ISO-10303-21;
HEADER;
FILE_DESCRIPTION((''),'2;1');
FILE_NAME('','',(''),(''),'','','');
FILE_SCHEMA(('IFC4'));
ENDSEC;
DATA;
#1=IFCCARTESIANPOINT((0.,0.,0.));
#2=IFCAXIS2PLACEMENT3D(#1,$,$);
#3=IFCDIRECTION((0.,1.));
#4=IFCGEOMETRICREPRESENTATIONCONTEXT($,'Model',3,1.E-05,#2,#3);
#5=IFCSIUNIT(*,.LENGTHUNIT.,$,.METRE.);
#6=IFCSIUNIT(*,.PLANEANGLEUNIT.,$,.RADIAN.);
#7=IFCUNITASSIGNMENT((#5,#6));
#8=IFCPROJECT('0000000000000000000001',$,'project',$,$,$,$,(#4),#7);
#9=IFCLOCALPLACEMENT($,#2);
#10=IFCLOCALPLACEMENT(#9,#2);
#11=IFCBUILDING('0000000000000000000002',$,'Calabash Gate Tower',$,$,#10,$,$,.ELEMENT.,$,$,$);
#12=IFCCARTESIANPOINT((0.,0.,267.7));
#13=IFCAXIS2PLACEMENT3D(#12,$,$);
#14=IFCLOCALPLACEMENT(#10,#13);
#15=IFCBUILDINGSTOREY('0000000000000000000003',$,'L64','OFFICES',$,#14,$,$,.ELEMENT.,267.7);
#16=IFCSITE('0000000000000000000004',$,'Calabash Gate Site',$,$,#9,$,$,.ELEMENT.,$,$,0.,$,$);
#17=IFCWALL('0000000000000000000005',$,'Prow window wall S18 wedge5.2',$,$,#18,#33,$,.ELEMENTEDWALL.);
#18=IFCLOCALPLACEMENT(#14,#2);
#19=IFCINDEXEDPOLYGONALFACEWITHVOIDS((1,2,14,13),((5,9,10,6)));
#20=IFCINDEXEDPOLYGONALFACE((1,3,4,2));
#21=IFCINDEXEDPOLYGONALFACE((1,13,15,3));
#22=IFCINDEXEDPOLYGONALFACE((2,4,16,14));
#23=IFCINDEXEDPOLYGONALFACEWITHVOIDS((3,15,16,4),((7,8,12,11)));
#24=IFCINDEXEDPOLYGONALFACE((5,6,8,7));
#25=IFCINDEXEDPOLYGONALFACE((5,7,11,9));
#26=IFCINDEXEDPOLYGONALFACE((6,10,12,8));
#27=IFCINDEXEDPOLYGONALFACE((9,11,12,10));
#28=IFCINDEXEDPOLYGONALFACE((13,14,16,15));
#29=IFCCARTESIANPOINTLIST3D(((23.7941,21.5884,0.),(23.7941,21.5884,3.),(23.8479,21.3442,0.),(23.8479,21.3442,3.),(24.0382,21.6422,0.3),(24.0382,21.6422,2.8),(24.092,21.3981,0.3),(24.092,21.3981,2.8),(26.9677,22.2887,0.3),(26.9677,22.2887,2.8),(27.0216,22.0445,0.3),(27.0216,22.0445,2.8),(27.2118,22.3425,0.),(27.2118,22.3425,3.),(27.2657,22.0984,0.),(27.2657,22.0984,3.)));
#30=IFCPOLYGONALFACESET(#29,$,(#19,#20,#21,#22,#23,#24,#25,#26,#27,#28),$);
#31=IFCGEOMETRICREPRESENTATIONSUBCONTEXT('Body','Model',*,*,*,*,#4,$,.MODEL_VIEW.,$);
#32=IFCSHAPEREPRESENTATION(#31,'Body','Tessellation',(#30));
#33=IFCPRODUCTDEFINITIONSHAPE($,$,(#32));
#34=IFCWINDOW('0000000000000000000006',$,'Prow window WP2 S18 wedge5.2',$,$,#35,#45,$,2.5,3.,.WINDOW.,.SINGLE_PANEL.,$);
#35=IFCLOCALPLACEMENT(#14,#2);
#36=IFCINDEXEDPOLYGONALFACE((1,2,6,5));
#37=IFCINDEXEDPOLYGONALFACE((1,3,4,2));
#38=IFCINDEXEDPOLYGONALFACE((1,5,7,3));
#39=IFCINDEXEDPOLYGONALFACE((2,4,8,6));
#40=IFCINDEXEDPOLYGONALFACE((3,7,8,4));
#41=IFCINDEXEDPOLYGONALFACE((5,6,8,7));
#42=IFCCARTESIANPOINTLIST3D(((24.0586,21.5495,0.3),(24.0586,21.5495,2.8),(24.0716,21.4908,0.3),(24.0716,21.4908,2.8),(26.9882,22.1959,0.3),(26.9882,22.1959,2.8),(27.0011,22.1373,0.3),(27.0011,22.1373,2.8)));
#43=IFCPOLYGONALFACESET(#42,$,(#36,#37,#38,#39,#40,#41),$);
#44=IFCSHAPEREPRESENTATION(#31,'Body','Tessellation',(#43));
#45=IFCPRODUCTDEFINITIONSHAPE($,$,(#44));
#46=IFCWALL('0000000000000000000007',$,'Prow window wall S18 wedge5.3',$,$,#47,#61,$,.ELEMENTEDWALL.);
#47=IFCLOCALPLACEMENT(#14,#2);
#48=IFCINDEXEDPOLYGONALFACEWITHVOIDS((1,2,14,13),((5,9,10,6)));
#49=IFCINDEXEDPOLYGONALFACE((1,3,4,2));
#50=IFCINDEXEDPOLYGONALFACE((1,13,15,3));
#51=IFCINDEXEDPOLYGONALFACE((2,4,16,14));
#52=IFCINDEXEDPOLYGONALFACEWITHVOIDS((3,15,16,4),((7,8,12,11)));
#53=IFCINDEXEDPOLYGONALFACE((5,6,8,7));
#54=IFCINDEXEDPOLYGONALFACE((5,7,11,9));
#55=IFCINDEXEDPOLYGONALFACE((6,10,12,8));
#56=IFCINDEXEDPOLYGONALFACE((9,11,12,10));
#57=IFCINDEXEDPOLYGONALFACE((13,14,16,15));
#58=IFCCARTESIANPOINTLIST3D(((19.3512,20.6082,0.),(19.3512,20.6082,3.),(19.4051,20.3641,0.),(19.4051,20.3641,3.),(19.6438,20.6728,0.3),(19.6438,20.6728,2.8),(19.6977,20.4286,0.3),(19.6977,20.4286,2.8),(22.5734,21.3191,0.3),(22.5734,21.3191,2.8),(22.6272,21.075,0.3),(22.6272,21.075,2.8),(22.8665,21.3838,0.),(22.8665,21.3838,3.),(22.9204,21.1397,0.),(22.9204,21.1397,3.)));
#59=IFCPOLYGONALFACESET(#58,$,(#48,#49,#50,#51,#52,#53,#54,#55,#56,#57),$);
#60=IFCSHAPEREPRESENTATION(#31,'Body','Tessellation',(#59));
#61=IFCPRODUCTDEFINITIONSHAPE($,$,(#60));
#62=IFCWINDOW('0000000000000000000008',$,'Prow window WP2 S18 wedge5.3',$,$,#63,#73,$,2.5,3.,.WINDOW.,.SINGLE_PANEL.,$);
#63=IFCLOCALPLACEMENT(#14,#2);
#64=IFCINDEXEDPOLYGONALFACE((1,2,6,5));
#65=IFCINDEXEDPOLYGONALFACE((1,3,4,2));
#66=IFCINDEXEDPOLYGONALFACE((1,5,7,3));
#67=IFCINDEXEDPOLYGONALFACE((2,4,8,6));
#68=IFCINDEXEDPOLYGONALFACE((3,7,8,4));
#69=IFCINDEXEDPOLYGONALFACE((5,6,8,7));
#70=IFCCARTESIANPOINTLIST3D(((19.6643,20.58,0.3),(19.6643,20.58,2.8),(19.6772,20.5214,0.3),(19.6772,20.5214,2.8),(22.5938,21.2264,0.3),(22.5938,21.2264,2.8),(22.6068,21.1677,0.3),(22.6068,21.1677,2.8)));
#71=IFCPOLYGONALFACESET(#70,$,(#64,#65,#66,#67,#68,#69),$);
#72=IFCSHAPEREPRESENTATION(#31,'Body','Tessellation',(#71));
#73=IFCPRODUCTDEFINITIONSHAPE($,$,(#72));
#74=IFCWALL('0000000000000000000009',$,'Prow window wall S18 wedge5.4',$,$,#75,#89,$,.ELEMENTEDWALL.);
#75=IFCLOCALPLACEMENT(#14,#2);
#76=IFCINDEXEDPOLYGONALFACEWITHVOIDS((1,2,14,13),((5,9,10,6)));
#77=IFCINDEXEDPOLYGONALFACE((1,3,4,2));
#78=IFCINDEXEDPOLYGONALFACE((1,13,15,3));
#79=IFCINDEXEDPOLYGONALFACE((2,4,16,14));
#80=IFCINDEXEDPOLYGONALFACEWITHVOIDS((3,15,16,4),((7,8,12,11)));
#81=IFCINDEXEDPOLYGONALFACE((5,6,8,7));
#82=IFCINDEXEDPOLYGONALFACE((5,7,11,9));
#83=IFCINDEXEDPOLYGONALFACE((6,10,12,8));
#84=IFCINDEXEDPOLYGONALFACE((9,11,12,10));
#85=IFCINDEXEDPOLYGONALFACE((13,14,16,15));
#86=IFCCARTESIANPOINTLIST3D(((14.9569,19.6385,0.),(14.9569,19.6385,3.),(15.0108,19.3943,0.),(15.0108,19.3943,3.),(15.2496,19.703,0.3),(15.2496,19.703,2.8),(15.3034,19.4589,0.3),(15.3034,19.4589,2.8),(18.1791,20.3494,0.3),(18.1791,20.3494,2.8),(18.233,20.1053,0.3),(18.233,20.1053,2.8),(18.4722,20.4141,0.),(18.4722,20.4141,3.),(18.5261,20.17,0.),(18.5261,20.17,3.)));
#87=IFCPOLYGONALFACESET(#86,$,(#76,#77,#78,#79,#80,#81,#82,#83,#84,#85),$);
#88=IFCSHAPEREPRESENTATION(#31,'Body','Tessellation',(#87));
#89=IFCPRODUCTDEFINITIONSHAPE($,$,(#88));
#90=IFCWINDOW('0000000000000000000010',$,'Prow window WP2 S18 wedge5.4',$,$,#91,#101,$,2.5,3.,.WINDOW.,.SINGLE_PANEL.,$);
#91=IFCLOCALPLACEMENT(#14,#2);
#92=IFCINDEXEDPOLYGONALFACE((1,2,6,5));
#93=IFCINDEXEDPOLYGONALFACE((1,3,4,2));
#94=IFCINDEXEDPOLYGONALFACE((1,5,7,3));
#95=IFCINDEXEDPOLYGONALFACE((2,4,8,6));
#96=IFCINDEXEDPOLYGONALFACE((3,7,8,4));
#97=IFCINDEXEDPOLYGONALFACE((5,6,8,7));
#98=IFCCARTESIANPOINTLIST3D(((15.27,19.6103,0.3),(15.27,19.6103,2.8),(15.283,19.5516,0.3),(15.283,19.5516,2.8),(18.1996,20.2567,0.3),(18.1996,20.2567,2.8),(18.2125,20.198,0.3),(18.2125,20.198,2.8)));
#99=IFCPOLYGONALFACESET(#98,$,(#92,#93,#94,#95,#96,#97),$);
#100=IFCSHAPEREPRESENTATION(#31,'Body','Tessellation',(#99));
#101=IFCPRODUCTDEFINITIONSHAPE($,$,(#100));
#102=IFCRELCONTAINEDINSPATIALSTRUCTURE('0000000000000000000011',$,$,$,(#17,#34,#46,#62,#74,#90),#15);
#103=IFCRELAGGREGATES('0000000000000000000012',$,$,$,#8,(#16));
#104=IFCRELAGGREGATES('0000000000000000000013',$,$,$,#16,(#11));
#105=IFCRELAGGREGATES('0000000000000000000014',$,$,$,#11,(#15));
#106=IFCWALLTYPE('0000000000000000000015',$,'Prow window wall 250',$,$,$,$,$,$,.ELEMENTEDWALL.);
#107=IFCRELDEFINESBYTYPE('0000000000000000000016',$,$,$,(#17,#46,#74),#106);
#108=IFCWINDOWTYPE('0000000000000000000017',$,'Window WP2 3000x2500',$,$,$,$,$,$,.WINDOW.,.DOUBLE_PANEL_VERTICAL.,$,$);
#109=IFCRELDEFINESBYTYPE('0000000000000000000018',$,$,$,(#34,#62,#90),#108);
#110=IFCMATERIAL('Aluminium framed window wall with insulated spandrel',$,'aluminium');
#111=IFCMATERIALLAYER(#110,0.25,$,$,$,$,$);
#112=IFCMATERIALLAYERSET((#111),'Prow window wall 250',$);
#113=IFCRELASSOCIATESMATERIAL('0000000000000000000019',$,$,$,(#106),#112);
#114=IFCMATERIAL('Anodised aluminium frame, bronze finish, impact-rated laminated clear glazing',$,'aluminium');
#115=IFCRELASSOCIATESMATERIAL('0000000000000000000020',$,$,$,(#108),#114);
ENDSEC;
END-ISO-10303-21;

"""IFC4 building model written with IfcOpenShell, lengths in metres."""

from ifc_helpers import new_model, si_unit, direction, frame, frame_2d, origin, place, context, subcontext, project, spatial, rectangle, extrude, material, layer, layer_set, type_object, element, fill, save


model = new_model("IFC4")

# Units and contexts
model_context = context("Model", 3, precision=1e-05, world=origin(), true_north=direction((0.0, 1.0)))
body_context = subcontext(model_context, "Body", "Model", "MODEL_VIEW")
ifc_project = project(units=[si_unit("LENGTHUNIT", "METRE"), si_unit("PLANEANGLEUNIT", "RADIAN")], contexts=[model_context])

# Site, building, storey
site_placement = place(None, origin())
site = spatial("IfcSite", under=ifc_project, at=site_placement, Name="Calabash Gate Site", CompositionType="ELEMENT", RefElevation=0.0)
building_placement = place(site_placement, origin())
building = spatial("IfcBuilding", under=site, at=building_placement, Name="Calabash Gate Tower", CompositionType="ELEMENT")
storey_placement = place(building_placement, frame((0.0, 0.0, 267.7)))
storey = spatial("IfcBuildingStorey", under=building, at=storey_placement, Name="L64", Description="OFFICES", CompositionType="ELEMENT", Elevation=267.7)

# Walls, openings, windows
ifc_material_1 = material(Name="Aluminium framed window wall with insulated spandrel", Category="aluminium")
ifc_layer_1 = layer(ifc_material_1, 0.25)
ifc_layer_set_1 = layer_set([ifc_layer_1], Name="Prow window wall 250")
wall_type_1 = type_object("IfcWallType", Name="Prow window wall 250", PredefinedType="ELEMENTEDWALL", material=ifc_layer_set_1)
ifc_material_2 = material(Name="Anodised aluminium frame, bronze finish, impact-rated laminated clear glazing", Category="aluminium")
window_type = type_object("IfcWindowType", Name="Window WP2 3000x2500", PartitioningType="DOUBLE_PANEL_VERTICAL", PredefinedType="WINDOW", material=ifc_material_2)
wall_1_placement = place(storey_placement, frame((27.2388, 22.2205, 0.0), z_axis=(0.0, 0.0, 1.0), x_axis=(-0.976509, -0.215475, 0.0)))
wall_1 = element("IfcWall", 1, at=wall_1_placement, inside=storey, type_object=wall_type_1, Name="Prow window wall S18 wedge5.2", PredefinedType="ELEMENTEDWALL", context=body_context, shape_type="SweptSolid", body=[
    extrude(rectangle(XDim=3.5, YDim=0.25, at=frame_2d((1.75, 0.0))), origin(), (0.0, 0.0, 1.0), 3.0),
])
opening_1_placement = place(wall_1_placement, frame((0.25, 0.0, 0.3)))
opening_1 = element("IfcOpeningElement", 2, at=opening_1_placement, cuts=wall_1, PredefinedType="OPENING", context=body_context, shape_type="SweptSolid", body=[
    extrude(rectangle(XDim=3.0, YDim=2.5, at=frame_2d((1.5, 1.25))), frame((0.0, 0.135, 0.0), z_axis=(0.0, -1.0, 0.0), x_axis=(1.0, 0.0, 0.0)), (0.0, 0.0, 1.0), 0.27),
])
window_1_placement = place(opening_1_placement, origin())
window_1 = element("IfcWindow", 3, at=window_1_placement, inside=storey, type_object=window_type, Name="Prow window WP2 S18 wedge5.2", OverallHeight=2.5, OverallWidth=3.0, PartitioningType="SINGLE_PANEL", PredefinedType="WINDOW", context=body_context, shape_type="SweptSolid", body=[
    extrude(rectangle(XDim=3.0, YDim=2.5, at=frame_2d((1.5, 1.25))), frame((0.0, 0.03, 0.0), z_axis=(0.0, -1.0, 0.0), x_axis=(1.0, 0.0, 0.0)), (0.0, 0.0, 1.0), 0.0601),
])
fill(opening_1, window_1)
wall_2_placement = place(storey_placement, frame((22.8933, 21.2617, 0.0), z_axis=(0.0, 0.0, 1.0), x_axis=(-0.976513, -0.215458, 0.0)))
wall_2 = element("IfcWall", 4, at=wall_2_placement, inside=storey, type_object=wall_type_1, Name="Prow window wall S18 wedge5.3", PredefinedType="ELEMENTEDWALL", context=body_context, shape_type="SweptSolid", body=[
    extrude(rectangle(XDim=3.5999, YDim=0.25, at=frame_2d((1.7998, 0.0))), origin(), (0.0, 0.0, 1.0), 3.0),
])
opening_2_placement = place(wall_2_placement, frame((0.3, 0.0, 0.3)))
opening_2 = element("IfcOpeningElement", 5, at=opening_2_placement, cuts=wall_2, PredefinedType="OPENING", context=body_context, shape_type="SweptSolid", body=[
    extrude(rectangle(XDim=3.0, YDim=2.5, at=frame_2d((1.5, 1.25))), frame((0.0, 0.135, 0.0), z_axis=(0.0, -1.0, 0.0), x_axis=(1.0, 0.0, 0.0)), (0.0, 0.0, 1.0), 0.27),
])
window_2_placement = place(opening_2_placement, origin())
window_2 = element("IfcWindow", 6, at=window_2_placement, inside=storey, type_object=window_type, Name="Prow window WP2 S18 wedge5.3", OverallHeight=2.5, OverallWidth=3.0, PartitioningType="SINGLE_PANEL", PredefinedType="WINDOW", context=body_context, shape_type="SweptSolid", body=[
    extrude(rectangle(XDim=3.0, YDim=2.5, at=frame_2d((1.5, 1.25))), frame((0.0, 0.03, 0.0), z_axis=(0.0, -1.0, 0.0), x_axis=(1.0, 0.0, 0.0)), (0.0, 0.0, 1.0), 0.0601),
])
fill(opening_2, window_2)
wall_3_placement = place(storey_placement, frame((18.499, 20.292, 0.0), z_axis=(0.0, 0.0, 1.0), x_axis=(-0.976513, -0.215458, 0.0)))
wall_3 = element("IfcWall", 7, at=wall_3_placement, inside=storey, type_object=wall_type_1, Name="Prow window wall S18 wedge5.4", PredefinedType="ELEMENTEDWALL", context=body_context, shape_type="SweptSolid", body=[
    extrude(rectangle(XDim=3.5999, YDim=0.25, at=frame_2d((1.7998, 0.0))), origin(), (0.0, 0.0, 1.0), 3.0),
])
opening_3_placement = place(wall_3_placement, frame((0.3, 0.0, 0.3)))
opening_3 = element("IfcOpeningElement", 8, at=opening_3_placement, cuts=wall_3, PredefinedType="OPENING", context=body_context, shape_type="SweptSolid", body=[
    extrude(rectangle(XDim=3.0, YDim=2.5, at=frame_2d((1.5, 1.25))), frame((0.0, 0.135, 0.0), z_axis=(0.0, -1.0, 0.0), x_axis=(1.0, 0.0, 0.0)), (0.0, 0.0, 1.0), 0.27),
])
window_3_placement = place(opening_3_placement, origin())
window_3 = element("IfcWindow", 9, at=window_3_placement, inside=storey, type_object=window_type, Name="Prow window WP2 S18 wedge5.4", OverallHeight=2.5, OverallWidth=3.0, PartitioningType="SINGLE_PANEL", PredefinedType="WINDOW", context=body_context, shape_type="SweptSolid", body=[
    extrude(rectangle(XDim=3.0, YDim=2.5, at=frame_2d((1.5, 1.25))), frame((0.0, 0.03, 0.0), z_axis=(0.0, -1.0, 0.0), x_axis=(1.0, 0.0, 0.0)), (0.0, 0.0, 1.0), 0.0601),
])
fill(opening_3, window_3)

save(model, "model.ifc")
